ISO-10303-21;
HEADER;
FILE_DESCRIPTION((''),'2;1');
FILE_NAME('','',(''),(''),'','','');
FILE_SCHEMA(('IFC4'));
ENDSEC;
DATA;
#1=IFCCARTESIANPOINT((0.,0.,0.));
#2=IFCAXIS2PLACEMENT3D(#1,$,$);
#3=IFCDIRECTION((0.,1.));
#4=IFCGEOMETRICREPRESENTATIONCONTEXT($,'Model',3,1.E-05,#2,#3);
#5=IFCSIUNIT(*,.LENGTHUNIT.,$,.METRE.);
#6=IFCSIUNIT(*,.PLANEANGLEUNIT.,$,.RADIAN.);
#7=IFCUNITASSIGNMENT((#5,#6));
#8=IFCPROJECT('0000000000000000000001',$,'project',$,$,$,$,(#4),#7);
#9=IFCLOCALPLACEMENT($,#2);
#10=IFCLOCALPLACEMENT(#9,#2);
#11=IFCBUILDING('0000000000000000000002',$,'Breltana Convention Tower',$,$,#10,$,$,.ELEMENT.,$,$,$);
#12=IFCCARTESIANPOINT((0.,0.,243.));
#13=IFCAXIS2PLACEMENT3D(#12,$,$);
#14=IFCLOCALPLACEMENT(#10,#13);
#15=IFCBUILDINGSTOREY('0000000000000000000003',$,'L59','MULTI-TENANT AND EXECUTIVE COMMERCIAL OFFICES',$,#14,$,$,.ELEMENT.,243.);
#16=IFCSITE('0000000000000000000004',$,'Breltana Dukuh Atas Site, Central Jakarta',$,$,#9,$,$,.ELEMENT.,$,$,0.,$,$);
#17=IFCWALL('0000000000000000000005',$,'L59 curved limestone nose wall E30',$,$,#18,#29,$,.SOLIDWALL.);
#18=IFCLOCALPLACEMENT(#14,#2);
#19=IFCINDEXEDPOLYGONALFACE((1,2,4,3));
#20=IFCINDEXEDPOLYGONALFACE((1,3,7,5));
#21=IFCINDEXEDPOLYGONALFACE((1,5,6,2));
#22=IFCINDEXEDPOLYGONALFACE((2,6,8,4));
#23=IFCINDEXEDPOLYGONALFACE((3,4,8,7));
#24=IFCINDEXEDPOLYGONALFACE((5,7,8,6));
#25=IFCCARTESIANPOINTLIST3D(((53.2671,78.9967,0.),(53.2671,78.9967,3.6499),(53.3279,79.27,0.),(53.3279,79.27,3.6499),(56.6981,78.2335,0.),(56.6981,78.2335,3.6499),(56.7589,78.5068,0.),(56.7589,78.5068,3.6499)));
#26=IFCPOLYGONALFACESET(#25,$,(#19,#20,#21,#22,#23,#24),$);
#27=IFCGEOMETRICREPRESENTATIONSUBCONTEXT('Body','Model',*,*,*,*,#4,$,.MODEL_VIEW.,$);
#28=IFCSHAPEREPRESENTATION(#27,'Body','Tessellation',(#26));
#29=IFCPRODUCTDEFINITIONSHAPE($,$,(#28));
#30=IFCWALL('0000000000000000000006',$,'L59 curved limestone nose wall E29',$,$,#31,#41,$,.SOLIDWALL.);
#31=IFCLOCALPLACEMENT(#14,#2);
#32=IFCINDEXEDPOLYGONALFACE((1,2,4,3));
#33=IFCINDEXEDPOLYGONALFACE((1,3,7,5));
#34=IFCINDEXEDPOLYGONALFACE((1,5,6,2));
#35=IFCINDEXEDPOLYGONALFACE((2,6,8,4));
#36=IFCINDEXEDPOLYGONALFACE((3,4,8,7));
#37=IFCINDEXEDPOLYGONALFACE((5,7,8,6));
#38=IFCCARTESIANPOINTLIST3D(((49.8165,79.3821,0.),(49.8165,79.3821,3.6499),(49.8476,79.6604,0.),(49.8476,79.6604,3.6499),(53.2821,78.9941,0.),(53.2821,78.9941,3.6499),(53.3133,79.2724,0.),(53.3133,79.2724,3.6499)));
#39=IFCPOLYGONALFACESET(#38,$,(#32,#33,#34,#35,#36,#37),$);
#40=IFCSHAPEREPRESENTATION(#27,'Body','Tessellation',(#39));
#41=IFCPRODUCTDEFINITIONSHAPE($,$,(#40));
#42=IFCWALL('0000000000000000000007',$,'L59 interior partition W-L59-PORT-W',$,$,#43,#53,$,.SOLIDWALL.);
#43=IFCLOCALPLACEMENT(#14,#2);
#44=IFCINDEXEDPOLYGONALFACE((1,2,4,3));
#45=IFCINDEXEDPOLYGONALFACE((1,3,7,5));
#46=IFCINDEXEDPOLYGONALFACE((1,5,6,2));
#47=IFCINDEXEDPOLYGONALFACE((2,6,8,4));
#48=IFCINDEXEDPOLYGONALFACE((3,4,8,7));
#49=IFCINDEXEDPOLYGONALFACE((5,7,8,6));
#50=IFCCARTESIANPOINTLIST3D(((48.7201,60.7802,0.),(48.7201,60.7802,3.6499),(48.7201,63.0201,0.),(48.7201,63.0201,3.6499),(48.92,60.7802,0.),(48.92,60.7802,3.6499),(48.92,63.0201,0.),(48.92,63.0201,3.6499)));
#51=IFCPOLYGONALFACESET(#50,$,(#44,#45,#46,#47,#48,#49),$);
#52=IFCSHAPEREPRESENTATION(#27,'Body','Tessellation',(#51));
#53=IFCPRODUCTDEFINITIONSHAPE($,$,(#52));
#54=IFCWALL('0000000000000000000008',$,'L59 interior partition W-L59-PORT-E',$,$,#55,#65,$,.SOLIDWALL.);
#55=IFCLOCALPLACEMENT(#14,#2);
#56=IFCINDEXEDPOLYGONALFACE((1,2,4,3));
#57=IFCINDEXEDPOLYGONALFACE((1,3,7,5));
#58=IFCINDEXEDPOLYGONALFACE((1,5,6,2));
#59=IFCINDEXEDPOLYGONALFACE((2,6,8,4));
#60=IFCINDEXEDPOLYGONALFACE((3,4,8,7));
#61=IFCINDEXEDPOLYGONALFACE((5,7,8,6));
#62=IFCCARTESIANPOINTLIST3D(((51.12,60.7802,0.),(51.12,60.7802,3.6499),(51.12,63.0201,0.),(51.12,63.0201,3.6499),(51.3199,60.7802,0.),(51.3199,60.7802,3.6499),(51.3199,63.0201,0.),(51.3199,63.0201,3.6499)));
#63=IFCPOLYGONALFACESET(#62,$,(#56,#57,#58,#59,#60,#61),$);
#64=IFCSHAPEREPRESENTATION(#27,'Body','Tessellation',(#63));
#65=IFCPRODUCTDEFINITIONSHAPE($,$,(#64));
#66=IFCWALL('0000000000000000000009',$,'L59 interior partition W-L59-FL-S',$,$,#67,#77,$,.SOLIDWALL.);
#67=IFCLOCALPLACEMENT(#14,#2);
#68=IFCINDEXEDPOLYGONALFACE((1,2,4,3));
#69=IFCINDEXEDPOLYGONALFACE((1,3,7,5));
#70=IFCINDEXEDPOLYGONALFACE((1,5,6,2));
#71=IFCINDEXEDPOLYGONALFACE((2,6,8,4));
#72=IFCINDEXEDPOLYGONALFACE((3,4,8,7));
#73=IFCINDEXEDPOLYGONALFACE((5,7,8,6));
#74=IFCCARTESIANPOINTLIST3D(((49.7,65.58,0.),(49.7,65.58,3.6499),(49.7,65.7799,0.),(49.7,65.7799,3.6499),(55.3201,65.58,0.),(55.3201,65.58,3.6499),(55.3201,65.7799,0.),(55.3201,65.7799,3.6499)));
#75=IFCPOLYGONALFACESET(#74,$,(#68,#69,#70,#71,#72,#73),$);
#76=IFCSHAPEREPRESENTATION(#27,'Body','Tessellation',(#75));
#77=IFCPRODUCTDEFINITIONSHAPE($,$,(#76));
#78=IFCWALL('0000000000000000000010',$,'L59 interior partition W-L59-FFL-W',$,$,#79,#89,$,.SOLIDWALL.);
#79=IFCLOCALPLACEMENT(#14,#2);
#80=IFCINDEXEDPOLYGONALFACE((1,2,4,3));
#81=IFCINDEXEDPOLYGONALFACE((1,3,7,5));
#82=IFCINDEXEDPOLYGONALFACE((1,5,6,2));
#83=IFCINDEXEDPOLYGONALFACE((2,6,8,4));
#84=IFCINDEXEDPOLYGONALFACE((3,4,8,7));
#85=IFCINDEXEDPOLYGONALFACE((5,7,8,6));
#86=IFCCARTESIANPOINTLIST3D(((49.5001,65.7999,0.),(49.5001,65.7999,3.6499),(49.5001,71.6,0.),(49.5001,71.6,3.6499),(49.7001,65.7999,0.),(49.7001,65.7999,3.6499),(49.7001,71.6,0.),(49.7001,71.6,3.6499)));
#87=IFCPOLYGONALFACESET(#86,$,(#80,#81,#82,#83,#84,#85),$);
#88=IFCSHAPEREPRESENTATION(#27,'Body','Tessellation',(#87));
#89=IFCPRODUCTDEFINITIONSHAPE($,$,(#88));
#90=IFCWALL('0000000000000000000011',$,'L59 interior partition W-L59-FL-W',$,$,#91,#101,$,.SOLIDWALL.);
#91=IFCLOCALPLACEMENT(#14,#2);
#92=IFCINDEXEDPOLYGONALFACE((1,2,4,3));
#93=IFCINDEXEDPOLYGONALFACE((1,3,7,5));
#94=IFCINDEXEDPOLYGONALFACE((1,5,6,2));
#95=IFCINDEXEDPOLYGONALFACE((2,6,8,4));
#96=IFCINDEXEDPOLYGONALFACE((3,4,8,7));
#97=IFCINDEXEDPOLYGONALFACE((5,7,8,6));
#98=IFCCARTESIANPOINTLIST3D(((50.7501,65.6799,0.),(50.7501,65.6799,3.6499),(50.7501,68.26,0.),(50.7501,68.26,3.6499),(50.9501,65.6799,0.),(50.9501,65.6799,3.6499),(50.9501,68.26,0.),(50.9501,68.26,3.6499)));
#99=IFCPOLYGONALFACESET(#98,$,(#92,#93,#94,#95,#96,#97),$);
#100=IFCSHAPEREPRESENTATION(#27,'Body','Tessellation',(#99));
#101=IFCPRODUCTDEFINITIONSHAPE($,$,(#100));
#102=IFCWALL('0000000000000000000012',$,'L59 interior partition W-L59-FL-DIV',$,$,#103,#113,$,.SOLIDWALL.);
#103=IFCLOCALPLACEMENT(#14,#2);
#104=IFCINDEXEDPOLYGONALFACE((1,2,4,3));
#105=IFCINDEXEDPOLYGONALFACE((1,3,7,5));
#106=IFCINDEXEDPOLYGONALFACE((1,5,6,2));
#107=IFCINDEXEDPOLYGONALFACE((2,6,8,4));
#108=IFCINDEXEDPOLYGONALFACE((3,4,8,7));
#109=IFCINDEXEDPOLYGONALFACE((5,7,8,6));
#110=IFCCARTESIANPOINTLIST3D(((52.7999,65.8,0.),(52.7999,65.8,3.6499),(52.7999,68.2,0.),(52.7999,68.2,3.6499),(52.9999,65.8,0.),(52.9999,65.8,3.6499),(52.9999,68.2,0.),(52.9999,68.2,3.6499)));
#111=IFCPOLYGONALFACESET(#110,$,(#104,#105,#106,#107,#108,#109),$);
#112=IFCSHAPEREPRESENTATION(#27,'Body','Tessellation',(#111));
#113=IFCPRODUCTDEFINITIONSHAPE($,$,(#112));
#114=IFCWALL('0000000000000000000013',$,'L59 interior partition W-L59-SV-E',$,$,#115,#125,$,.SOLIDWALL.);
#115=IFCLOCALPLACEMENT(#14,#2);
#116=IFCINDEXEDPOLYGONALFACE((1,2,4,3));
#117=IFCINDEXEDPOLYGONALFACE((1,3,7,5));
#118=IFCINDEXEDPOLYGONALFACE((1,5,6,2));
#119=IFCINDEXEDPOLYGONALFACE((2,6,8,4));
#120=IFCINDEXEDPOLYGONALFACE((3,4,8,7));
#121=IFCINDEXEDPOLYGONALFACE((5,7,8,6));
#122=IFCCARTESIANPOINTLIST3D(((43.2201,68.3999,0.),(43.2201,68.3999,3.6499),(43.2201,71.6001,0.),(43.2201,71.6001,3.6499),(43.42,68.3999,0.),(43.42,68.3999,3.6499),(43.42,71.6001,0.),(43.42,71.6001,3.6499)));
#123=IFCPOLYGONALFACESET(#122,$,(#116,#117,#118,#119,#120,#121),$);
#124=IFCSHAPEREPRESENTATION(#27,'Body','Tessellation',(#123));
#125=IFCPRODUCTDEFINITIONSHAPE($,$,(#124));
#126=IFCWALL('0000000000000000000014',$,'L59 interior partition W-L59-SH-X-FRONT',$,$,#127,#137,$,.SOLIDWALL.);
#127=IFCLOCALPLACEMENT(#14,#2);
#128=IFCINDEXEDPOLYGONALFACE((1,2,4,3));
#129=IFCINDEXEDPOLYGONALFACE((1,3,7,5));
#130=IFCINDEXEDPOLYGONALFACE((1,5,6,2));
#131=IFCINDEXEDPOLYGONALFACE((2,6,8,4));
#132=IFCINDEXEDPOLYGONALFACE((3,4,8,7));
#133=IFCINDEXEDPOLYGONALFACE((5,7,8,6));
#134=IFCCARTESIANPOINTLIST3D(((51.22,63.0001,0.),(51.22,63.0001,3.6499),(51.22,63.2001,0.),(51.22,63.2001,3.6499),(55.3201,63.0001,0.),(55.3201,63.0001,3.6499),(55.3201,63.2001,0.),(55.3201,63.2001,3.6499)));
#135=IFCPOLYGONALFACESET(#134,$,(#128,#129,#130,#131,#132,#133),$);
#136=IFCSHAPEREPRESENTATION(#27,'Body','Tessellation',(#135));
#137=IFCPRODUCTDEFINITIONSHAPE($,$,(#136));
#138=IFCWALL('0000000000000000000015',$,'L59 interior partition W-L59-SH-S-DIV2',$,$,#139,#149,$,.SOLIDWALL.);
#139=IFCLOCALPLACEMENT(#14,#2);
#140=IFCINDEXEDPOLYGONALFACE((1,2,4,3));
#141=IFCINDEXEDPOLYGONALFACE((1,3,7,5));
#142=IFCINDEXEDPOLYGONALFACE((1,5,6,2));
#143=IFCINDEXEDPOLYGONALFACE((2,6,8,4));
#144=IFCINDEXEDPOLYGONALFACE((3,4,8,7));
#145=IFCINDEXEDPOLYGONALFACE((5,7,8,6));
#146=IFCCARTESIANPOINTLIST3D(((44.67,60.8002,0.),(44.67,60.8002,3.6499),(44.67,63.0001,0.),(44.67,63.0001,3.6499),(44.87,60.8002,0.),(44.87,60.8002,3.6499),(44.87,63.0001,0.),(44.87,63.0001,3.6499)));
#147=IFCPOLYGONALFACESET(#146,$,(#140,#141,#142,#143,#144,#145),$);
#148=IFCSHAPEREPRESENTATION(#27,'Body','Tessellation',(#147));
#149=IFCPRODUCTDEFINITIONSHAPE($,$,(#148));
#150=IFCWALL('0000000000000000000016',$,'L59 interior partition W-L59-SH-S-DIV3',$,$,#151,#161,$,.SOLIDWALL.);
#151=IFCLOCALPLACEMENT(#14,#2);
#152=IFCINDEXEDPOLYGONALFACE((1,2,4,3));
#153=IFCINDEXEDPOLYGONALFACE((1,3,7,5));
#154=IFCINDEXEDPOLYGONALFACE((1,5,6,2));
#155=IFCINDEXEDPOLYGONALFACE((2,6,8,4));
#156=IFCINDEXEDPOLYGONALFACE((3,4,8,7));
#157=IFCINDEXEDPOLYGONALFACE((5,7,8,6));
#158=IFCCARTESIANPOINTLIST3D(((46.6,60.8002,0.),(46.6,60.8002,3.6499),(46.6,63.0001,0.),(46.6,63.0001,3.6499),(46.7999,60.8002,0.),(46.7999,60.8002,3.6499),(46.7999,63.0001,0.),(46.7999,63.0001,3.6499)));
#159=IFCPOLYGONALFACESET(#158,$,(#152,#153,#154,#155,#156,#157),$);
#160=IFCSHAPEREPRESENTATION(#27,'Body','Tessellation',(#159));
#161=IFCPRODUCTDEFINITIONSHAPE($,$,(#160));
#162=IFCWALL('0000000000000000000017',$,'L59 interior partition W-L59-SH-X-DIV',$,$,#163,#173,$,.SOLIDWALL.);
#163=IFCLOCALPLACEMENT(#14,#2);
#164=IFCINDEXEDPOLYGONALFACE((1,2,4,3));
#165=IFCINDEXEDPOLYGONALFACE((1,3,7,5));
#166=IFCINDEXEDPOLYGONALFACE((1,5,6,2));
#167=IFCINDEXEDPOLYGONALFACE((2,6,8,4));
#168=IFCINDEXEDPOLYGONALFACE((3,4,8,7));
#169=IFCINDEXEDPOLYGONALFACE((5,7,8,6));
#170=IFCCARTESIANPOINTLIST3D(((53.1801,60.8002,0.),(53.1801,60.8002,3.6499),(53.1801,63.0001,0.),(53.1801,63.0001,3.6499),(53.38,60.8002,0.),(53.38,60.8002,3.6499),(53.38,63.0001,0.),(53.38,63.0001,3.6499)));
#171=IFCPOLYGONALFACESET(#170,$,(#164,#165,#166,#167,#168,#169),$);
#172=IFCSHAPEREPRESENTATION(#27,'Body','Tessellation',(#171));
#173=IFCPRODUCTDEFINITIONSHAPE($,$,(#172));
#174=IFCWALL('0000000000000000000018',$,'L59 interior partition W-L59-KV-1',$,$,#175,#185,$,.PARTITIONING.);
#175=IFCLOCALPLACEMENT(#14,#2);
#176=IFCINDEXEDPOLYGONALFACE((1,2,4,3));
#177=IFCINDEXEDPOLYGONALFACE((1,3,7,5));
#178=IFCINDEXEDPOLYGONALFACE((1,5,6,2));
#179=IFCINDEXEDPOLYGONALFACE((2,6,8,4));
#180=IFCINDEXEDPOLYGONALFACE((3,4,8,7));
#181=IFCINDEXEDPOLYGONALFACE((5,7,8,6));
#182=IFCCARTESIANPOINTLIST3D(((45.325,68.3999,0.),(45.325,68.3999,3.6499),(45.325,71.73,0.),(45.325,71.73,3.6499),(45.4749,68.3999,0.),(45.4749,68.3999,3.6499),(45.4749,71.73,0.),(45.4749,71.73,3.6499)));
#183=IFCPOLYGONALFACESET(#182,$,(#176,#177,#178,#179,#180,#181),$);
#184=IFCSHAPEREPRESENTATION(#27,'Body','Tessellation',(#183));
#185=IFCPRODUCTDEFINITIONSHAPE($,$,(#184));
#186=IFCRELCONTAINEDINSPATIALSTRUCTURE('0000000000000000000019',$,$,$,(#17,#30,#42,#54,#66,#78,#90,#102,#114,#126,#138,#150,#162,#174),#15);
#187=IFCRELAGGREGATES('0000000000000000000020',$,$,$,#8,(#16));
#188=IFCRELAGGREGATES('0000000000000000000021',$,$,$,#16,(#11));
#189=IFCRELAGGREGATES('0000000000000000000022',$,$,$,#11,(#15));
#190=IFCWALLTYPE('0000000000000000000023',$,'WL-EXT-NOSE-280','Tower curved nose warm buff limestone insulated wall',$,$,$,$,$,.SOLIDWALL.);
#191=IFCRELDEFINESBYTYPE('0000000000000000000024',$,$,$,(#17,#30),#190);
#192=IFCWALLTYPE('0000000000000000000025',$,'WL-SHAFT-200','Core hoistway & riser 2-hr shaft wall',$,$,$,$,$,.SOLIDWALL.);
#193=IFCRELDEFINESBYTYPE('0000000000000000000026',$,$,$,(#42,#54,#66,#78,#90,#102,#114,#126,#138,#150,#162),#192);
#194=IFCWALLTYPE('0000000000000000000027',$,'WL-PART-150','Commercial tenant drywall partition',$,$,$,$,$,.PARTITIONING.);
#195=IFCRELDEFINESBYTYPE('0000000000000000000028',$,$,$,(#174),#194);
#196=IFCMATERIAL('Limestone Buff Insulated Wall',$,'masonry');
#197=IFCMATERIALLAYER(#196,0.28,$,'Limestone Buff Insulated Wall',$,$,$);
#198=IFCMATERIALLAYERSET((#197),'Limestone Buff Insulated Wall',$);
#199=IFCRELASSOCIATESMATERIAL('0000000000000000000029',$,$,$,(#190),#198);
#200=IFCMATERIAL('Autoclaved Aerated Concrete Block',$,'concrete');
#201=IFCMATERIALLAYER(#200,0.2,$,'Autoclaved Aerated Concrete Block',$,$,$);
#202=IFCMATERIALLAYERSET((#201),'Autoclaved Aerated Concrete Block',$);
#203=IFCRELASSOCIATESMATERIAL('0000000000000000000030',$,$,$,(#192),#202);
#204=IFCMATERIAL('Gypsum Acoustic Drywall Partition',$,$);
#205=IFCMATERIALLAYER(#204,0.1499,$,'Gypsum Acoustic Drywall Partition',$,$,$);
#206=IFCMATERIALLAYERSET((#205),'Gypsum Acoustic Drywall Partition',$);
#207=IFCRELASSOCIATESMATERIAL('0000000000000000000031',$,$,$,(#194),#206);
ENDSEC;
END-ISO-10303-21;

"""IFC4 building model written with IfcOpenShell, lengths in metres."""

from ifc_helpers import new_model, si_unit, direction, frame, frame_2d, origin, place, context, subcontext, project, spatial, rectangle, extrude, source, transform, mapped, material, layer, layer_set, type_object, element, save


model = new_model("IFC4")

# Units and contexts
model_context = context("Model", 3, precision=1e-05, world=origin(), true_north=direction((0.0, 1.0)))
body_context = subcontext(model_context, "Body", "Model", "MODEL_VIEW")
ifc_project = project(units=[si_unit("LENGTHUNIT", "METRE"), si_unit("PLANEANGLEUNIT", "RADIAN")], contexts=[model_context])

# Site, building, storey
site_placement = place(None, origin())
site = spatial("IfcSite", under=ifc_project, at=site_placement, Name="Breltana Dukuh Atas Site, Central Jakarta", CompositionType="ELEMENT", RefElevation=0.0)
building_placement = place(site_placement, origin())
building = spatial("IfcBuilding", under=site, at=building_placement, Name="Breltana Convention Tower", CompositionType="ELEMENT")
storey_placement = place(building_placement, frame((0.0, 0.0, 243.0)))
storey = spatial("IfcBuildingStorey", under=building, at=storey_placement, Name="L59", Description="MULTI-TENANT AND EXECUTIVE COMMERCIAL OFFICES", CompositionType="ELEMENT", Elevation=243.0)

# Walls
ifc_material_1 = material(Name="Limestone Buff Insulated Wall", Category="masonry")
ifc_layer_1 = layer(ifc_material_1, 0.28, Name="Limestone Buff Insulated Wall")
ifc_layer_set_1 = layer_set([ifc_layer_1], Name="Limestone Buff Insulated Wall")
wall_type_1 = type_object("IfcWallType", Name="WL-EXT-NOSE-280", Description="Tower curved nose warm buff limestone insulated wall", PredefinedType="SOLIDWALL", material=ifc_layer_set_1)
shared_shape_1 = source(origin(), body_context, "Body", "SweptSolid", [
    extrude(rectangle(XDim=3.5149, YDim=0.28, at=frame_2d((1.7573, 0.0))), origin(), (0.0, 0.0, 1.0), 3.6499),
])
wall_1_placement = place(storey_placement, frame((53.2976, 79.1333, 0.0), z_axis=(0.0, 0.0, 1.0), x_axis=(0.976145, -0.217122, 0.0)))
element("IfcWall", 1, at=wall_1_placement, inside=storey, type_object=wall_type_1, Name="L59 curved limestone nose wall E30", PredefinedType="SOLIDWALL", context=body_context, shape_type="MappedRepresentation", body=[
    mapped(shared_shape_1, transform((0.0, 0.0, 0.0), scale=1.0)),
])
shared_shape_2 = source(origin(), body_context, "Body", "SweptSolid", [
    extrude(rectangle(XDim=3.4873, YDim=0.28, at=frame_2d((1.7437, 0.0))), origin(), (0.0, 0.0, 1.0), 3.6499),
])
wall_2_placement = place(storey_placement, frame((49.832, 79.5212, 0.0), z_axis=(0.0, 0.0, 1.0), x_axis=(0.993793, -0.111246, 0.0)))
element("IfcWall", 2, at=wall_2_placement, inside=storey, type_object=wall_type_1, Name="L59 curved limestone nose wall E29", PredefinedType="SOLIDWALL", context=body_context, shape_type="MappedRepresentation", body=[
    mapped(shared_shape_2, transform((0.0, 0.0, 0.0), scale=1.0)),
])
ifc_material_2 = material(Name="Autoclaved Aerated Concrete Block", Category="concrete")
ifc_layer_2 = layer(ifc_material_2, 0.2, Name="Autoclaved Aerated Concrete Block")
ifc_layer_set_2 = layer_set([ifc_layer_2], Name="Autoclaved Aerated Concrete Block")
wall_type_2 = type_object("IfcWallType", Name="WL-SHAFT-200", Description="Core hoistway & riser 2-hr shaft wall", PredefinedType="SOLIDWALL", material=ifc_layer_set_2)
shared_shape_3 = source(origin(), body_context, "Body", "SweptSolid", [
    extrude(rectangle(XDim=2.24, YDim=0.2, at=frame_2d((1.1201, 0.0))), origin(), (0.0, 0.0, 1.0), 3.6499),
])
for number, where, z_axis, x_axis, name in (
    (3, (48.8201, 60.78, 0.0), (0.0, 0.0, 1.0), (0.0, 1.0, 0.0), "L59 interior partition W-L59-PORT-W"),
    (4, (51.22, 60.78, 0.0), (0.0, 0.0, 1.0), (0.0, 1.0, 0.0), "L59 interior partition W-L59-PORT-E"),
):
    element("IfcWall", number, at=place(storey_placement, frame(where, z_axis=z_axis, x_axis=x_axis)), inside=storey, type_object=wall_type_2, Name=name, PredefinedType="SOLIDWALL", context=body_context, shape_type="MappedRepresentation", body=[
        mapped(shared_shape_3, transform((0.0, 0.0, 0.0), scale=1.0)),
    ])

# Shared definitions
shared_shape_4 = source(origin(), body_context, "Body", "SweptSolid", [
    extrude(rectangle(XDim=5.6201, YDim=0.2, at=frame_2d((2.8101, 0.0))), origin(), (0.0, 0.0, 1.0), 3.6499),
])

# Walls
wall_3_placement = place(storey_placement, frame((49.7, 65.6799, 0.0), z_axis=(0.0, 0.0, 1.0), x_axis=(1.0, 0.0, 0.0)))
element("IfcWall", 5, at=wall_3_placement, inside=storey, type_object=wall_type_2, Name="L59 interior partition W-L59-FL-S", PredefinedType="SOLIDWALL", context=body_context, shape_type="MappedRepresentation", body=[
    mapped(shared_shape_4, transform((0.0, 0.0, 0.0), scale=1.0)),
])
shared_shape_5 = source(origin(), body_context, "Body", "SweptSolid", [
    extrude(rectangle(XDim=5.8, YDim=0.2, at=frame_2d((2.8999, 0.0))), origin(), (0.0, 0.0, 1.0), 3.6499),
])
wall_4_placement = place(storey_placement, frame((49.6001, 65.8, 0.0), z_axis=(0.0, 0.0, 1.0), x_axis=(0.0, 1.0, 0.0)))
element("IfcWall", 6, at=wall_4_placement, inside=storey, type_object=wall_type_2, Name="L59 interior partition W-L59-FFL-W", PredefinedType="SOLIDWALL", context=body_context, shape_type="MappedRepresentation", body=[
    mapped(shared_shape_5, transform((0.0, 0.0, 0.0), scale=1.0)),
])
shared_shape_6 = source(origin(), body_context, "Body", "SweptSolid", [
    extrude(rectangle(XDim=2.5801, YDim=0.2, at=frame_2d((1.29, 0.0))), origin(), (0.0, 0.0, 1.0), 3.6499),
])
wall_5_placement = place(storey_placement, frame((50.8501, 65.6799, 0.0), z_axis=(0.0, 0.0, 1.0), x_axis=(0.0, 1.0, 0.0)))
element("IfcWall", 7, at=wall_5_placement, inside=storey, type_object=wall_type_2, Name="L59 interior partition W-L59-FL-W", PredefinedType="SOLIDWALL", context=body_context, shape_type="MappedRepresentation", body=[
    mapped(shared_shape_6, transform((0.0, 0.0, 0.0), scale=1.0)),
])
shared_shape_7 = source(origin(), body_context, "Body", "SweptSolid", [
    extrude(rectangle(XDim=2.3999, YDim=0.2, at=frame_2d((1.2, 0.0))), origin(), (0.0, 0.0, 1.0), 3.6499),
])
wall_6_placement = place(storey_placement, frame((52.8999, 65.8, 0.0), z_axis=(0.0, 0.0, 1.0), x_axis=(0.0, 1.0, 0.0)))
element("IfcWall", 8, at=wall_6_placement, inside=storey, type_object=wall_type_2, Name="L59 interior partition W-L59-FL-DIV", PredefinedType="SOLIDWALL", context=body_context, shape_type="MappedRepresentation", body=[
    mapped(shared_shape_7, transform((0.0, 0.0, 0.0), scale=1.0)),
])
shared_shape_8 = source(origin(), body_context, "Body", "SweptSolid", [
    extrude(rectangle(XDim=3.2002, YDim=0.2, at=frame_2d((1.6001, 0.0))), origin(), (0.0, 0.0, 1.0), 3.6499),
])
wall_7_placement = place(storey_placement, frame((43.3201, 68.3999, 0.0), z_axis=(0.0, 0.0, 1.0), x_axis=(0.0, 1.0, 0.0)))
element("IfcWall", 9, at=wall_7_placement, inside=storey, type_object=wall_type_2, Name="L59 interior partition W-L59-SV-E", PredefinedType="SOLIDWALL", context=body_context, shape_type="MappedRepresentation", body=[
    mapped(shared_shape_8, transform((0.0, 0.0, 0.0), scale=1.0)),
])
shared_shape_9 = source(origin(), body_context, "Body", "SweptSolid", [
    extrude(rectangle(XDim=4.1001, YDim=0.2, at=frame_2d((2.05, 0.0))), origin(), (0.0, 0.0, 1.0), 3.6499),
])
wall_8_placement = place(storey_placement, frame((51.22, 63.1001, 0.0), z_axis=(0.0, 0.0, 1.0), x_axis=(1.0, 0.0, 0.0)))
element("IfcWall", 10, at=wall_8_placement, inside=storey, type_object=wall_type_2, Name="L59 interior partition W-L59-SH-X-FRONT", PredefinedType="SOLIDWALL", context=body_context, shape_type="MappedRepresentation", body=[
    mapped(shared_shape_9, transform((0.0, 0.0, 0.0), scale=1.0)),
])
shared_shape_10 = source(origin(), body_context, "Body", "SweptSolid", [
    extrude(rectangle(XDim=2.2, YDim=0.2, at=frame_2d((1.1001, 0.0))), origin(), (0.0, 0.0, 1.0), 3.6499),
])
for number, where, z_axis, x_axis, name in (
    (11, (44.77, 60.8, 0.0), (0.0, 0.0, 1.0), (0.0, 1.0, 0.0), "L59 interior partition W-L59-SH-S-DIV2"),
    (12, (46.7, 60.8, 0.0), (0.0, 0.0, 1.0), (0.0, 1.0, 0.0), "L59 interior partition W-L59-SH-S-DIV3"),
    (13, (53.28, 60.8, 0.0), (0.0, 0.0, 1.0), (0.0, 1.0, 0.0), "L59 interior partition W-L59-SH-X-DIV"),
):
    element("IfcWall", number, at=place(storey_placement, frame(where, z_axis=z_axis, x_axis=x_axis)), inside=storey, type_object=wall_type_2, Name=name, PredefinedType="SOLIDWALL", context=body_context, shape_type="MappedRepresentation", body=[
        mapped(shared_shape_10, transform((0.0, 0.0, 0.0), scale=1.0)),
    ])
ifc_material_3 = material(Name="Gypsum Acoustic Drywall Partition")
ifc_layer_3 = layer(ifc_material_3, 0.1499, Name="Gypsum Acoustic Drywall Partition")
ifc_layer_set_3 = layer_set([ifc_layer_3], Name="Gypsum Acoustic Drywall Partition")
wall_type_3 = type_object("IfcWallType", Name="WL-PART-150", Description="Commercial tenant drywall partition", PredefinedType="PARTITIONING", material=ifc_layer_set_3)
shared_shape_11 = source(origin(), body_context, "Body", "SweptSolid", [
    extrude(rectangle(XDim=3.3301, YDim=0.1499, at=frame_2d((1.665, 0.0))), origin(), (0.0, 0.0, 1.0), 3.6499),
])
for number, where, z_axis, x_axis, name in (
    (14, (45.3999, 68.3999, 0.0), (0.0, 0.0, 1.0), (0.0, 1.0, 0.0), "L59 interior partition W-L59-KV-1"),
):
    element("IfcWall", number, at=place(storey_placement, frame(where, z_axis=z_axis, x_axis=x_axis)), inside=storey, type_object=wall_type_3, Name=name, PredefinedType="PARTITIONING", context=body_context, shape_type="MappedRepresentation", body=[
        mapped(shared_shape_11, transform((0.0, 0.0, 0.0), scale=1.0)),
    ])

save(model, "model.ifc")
